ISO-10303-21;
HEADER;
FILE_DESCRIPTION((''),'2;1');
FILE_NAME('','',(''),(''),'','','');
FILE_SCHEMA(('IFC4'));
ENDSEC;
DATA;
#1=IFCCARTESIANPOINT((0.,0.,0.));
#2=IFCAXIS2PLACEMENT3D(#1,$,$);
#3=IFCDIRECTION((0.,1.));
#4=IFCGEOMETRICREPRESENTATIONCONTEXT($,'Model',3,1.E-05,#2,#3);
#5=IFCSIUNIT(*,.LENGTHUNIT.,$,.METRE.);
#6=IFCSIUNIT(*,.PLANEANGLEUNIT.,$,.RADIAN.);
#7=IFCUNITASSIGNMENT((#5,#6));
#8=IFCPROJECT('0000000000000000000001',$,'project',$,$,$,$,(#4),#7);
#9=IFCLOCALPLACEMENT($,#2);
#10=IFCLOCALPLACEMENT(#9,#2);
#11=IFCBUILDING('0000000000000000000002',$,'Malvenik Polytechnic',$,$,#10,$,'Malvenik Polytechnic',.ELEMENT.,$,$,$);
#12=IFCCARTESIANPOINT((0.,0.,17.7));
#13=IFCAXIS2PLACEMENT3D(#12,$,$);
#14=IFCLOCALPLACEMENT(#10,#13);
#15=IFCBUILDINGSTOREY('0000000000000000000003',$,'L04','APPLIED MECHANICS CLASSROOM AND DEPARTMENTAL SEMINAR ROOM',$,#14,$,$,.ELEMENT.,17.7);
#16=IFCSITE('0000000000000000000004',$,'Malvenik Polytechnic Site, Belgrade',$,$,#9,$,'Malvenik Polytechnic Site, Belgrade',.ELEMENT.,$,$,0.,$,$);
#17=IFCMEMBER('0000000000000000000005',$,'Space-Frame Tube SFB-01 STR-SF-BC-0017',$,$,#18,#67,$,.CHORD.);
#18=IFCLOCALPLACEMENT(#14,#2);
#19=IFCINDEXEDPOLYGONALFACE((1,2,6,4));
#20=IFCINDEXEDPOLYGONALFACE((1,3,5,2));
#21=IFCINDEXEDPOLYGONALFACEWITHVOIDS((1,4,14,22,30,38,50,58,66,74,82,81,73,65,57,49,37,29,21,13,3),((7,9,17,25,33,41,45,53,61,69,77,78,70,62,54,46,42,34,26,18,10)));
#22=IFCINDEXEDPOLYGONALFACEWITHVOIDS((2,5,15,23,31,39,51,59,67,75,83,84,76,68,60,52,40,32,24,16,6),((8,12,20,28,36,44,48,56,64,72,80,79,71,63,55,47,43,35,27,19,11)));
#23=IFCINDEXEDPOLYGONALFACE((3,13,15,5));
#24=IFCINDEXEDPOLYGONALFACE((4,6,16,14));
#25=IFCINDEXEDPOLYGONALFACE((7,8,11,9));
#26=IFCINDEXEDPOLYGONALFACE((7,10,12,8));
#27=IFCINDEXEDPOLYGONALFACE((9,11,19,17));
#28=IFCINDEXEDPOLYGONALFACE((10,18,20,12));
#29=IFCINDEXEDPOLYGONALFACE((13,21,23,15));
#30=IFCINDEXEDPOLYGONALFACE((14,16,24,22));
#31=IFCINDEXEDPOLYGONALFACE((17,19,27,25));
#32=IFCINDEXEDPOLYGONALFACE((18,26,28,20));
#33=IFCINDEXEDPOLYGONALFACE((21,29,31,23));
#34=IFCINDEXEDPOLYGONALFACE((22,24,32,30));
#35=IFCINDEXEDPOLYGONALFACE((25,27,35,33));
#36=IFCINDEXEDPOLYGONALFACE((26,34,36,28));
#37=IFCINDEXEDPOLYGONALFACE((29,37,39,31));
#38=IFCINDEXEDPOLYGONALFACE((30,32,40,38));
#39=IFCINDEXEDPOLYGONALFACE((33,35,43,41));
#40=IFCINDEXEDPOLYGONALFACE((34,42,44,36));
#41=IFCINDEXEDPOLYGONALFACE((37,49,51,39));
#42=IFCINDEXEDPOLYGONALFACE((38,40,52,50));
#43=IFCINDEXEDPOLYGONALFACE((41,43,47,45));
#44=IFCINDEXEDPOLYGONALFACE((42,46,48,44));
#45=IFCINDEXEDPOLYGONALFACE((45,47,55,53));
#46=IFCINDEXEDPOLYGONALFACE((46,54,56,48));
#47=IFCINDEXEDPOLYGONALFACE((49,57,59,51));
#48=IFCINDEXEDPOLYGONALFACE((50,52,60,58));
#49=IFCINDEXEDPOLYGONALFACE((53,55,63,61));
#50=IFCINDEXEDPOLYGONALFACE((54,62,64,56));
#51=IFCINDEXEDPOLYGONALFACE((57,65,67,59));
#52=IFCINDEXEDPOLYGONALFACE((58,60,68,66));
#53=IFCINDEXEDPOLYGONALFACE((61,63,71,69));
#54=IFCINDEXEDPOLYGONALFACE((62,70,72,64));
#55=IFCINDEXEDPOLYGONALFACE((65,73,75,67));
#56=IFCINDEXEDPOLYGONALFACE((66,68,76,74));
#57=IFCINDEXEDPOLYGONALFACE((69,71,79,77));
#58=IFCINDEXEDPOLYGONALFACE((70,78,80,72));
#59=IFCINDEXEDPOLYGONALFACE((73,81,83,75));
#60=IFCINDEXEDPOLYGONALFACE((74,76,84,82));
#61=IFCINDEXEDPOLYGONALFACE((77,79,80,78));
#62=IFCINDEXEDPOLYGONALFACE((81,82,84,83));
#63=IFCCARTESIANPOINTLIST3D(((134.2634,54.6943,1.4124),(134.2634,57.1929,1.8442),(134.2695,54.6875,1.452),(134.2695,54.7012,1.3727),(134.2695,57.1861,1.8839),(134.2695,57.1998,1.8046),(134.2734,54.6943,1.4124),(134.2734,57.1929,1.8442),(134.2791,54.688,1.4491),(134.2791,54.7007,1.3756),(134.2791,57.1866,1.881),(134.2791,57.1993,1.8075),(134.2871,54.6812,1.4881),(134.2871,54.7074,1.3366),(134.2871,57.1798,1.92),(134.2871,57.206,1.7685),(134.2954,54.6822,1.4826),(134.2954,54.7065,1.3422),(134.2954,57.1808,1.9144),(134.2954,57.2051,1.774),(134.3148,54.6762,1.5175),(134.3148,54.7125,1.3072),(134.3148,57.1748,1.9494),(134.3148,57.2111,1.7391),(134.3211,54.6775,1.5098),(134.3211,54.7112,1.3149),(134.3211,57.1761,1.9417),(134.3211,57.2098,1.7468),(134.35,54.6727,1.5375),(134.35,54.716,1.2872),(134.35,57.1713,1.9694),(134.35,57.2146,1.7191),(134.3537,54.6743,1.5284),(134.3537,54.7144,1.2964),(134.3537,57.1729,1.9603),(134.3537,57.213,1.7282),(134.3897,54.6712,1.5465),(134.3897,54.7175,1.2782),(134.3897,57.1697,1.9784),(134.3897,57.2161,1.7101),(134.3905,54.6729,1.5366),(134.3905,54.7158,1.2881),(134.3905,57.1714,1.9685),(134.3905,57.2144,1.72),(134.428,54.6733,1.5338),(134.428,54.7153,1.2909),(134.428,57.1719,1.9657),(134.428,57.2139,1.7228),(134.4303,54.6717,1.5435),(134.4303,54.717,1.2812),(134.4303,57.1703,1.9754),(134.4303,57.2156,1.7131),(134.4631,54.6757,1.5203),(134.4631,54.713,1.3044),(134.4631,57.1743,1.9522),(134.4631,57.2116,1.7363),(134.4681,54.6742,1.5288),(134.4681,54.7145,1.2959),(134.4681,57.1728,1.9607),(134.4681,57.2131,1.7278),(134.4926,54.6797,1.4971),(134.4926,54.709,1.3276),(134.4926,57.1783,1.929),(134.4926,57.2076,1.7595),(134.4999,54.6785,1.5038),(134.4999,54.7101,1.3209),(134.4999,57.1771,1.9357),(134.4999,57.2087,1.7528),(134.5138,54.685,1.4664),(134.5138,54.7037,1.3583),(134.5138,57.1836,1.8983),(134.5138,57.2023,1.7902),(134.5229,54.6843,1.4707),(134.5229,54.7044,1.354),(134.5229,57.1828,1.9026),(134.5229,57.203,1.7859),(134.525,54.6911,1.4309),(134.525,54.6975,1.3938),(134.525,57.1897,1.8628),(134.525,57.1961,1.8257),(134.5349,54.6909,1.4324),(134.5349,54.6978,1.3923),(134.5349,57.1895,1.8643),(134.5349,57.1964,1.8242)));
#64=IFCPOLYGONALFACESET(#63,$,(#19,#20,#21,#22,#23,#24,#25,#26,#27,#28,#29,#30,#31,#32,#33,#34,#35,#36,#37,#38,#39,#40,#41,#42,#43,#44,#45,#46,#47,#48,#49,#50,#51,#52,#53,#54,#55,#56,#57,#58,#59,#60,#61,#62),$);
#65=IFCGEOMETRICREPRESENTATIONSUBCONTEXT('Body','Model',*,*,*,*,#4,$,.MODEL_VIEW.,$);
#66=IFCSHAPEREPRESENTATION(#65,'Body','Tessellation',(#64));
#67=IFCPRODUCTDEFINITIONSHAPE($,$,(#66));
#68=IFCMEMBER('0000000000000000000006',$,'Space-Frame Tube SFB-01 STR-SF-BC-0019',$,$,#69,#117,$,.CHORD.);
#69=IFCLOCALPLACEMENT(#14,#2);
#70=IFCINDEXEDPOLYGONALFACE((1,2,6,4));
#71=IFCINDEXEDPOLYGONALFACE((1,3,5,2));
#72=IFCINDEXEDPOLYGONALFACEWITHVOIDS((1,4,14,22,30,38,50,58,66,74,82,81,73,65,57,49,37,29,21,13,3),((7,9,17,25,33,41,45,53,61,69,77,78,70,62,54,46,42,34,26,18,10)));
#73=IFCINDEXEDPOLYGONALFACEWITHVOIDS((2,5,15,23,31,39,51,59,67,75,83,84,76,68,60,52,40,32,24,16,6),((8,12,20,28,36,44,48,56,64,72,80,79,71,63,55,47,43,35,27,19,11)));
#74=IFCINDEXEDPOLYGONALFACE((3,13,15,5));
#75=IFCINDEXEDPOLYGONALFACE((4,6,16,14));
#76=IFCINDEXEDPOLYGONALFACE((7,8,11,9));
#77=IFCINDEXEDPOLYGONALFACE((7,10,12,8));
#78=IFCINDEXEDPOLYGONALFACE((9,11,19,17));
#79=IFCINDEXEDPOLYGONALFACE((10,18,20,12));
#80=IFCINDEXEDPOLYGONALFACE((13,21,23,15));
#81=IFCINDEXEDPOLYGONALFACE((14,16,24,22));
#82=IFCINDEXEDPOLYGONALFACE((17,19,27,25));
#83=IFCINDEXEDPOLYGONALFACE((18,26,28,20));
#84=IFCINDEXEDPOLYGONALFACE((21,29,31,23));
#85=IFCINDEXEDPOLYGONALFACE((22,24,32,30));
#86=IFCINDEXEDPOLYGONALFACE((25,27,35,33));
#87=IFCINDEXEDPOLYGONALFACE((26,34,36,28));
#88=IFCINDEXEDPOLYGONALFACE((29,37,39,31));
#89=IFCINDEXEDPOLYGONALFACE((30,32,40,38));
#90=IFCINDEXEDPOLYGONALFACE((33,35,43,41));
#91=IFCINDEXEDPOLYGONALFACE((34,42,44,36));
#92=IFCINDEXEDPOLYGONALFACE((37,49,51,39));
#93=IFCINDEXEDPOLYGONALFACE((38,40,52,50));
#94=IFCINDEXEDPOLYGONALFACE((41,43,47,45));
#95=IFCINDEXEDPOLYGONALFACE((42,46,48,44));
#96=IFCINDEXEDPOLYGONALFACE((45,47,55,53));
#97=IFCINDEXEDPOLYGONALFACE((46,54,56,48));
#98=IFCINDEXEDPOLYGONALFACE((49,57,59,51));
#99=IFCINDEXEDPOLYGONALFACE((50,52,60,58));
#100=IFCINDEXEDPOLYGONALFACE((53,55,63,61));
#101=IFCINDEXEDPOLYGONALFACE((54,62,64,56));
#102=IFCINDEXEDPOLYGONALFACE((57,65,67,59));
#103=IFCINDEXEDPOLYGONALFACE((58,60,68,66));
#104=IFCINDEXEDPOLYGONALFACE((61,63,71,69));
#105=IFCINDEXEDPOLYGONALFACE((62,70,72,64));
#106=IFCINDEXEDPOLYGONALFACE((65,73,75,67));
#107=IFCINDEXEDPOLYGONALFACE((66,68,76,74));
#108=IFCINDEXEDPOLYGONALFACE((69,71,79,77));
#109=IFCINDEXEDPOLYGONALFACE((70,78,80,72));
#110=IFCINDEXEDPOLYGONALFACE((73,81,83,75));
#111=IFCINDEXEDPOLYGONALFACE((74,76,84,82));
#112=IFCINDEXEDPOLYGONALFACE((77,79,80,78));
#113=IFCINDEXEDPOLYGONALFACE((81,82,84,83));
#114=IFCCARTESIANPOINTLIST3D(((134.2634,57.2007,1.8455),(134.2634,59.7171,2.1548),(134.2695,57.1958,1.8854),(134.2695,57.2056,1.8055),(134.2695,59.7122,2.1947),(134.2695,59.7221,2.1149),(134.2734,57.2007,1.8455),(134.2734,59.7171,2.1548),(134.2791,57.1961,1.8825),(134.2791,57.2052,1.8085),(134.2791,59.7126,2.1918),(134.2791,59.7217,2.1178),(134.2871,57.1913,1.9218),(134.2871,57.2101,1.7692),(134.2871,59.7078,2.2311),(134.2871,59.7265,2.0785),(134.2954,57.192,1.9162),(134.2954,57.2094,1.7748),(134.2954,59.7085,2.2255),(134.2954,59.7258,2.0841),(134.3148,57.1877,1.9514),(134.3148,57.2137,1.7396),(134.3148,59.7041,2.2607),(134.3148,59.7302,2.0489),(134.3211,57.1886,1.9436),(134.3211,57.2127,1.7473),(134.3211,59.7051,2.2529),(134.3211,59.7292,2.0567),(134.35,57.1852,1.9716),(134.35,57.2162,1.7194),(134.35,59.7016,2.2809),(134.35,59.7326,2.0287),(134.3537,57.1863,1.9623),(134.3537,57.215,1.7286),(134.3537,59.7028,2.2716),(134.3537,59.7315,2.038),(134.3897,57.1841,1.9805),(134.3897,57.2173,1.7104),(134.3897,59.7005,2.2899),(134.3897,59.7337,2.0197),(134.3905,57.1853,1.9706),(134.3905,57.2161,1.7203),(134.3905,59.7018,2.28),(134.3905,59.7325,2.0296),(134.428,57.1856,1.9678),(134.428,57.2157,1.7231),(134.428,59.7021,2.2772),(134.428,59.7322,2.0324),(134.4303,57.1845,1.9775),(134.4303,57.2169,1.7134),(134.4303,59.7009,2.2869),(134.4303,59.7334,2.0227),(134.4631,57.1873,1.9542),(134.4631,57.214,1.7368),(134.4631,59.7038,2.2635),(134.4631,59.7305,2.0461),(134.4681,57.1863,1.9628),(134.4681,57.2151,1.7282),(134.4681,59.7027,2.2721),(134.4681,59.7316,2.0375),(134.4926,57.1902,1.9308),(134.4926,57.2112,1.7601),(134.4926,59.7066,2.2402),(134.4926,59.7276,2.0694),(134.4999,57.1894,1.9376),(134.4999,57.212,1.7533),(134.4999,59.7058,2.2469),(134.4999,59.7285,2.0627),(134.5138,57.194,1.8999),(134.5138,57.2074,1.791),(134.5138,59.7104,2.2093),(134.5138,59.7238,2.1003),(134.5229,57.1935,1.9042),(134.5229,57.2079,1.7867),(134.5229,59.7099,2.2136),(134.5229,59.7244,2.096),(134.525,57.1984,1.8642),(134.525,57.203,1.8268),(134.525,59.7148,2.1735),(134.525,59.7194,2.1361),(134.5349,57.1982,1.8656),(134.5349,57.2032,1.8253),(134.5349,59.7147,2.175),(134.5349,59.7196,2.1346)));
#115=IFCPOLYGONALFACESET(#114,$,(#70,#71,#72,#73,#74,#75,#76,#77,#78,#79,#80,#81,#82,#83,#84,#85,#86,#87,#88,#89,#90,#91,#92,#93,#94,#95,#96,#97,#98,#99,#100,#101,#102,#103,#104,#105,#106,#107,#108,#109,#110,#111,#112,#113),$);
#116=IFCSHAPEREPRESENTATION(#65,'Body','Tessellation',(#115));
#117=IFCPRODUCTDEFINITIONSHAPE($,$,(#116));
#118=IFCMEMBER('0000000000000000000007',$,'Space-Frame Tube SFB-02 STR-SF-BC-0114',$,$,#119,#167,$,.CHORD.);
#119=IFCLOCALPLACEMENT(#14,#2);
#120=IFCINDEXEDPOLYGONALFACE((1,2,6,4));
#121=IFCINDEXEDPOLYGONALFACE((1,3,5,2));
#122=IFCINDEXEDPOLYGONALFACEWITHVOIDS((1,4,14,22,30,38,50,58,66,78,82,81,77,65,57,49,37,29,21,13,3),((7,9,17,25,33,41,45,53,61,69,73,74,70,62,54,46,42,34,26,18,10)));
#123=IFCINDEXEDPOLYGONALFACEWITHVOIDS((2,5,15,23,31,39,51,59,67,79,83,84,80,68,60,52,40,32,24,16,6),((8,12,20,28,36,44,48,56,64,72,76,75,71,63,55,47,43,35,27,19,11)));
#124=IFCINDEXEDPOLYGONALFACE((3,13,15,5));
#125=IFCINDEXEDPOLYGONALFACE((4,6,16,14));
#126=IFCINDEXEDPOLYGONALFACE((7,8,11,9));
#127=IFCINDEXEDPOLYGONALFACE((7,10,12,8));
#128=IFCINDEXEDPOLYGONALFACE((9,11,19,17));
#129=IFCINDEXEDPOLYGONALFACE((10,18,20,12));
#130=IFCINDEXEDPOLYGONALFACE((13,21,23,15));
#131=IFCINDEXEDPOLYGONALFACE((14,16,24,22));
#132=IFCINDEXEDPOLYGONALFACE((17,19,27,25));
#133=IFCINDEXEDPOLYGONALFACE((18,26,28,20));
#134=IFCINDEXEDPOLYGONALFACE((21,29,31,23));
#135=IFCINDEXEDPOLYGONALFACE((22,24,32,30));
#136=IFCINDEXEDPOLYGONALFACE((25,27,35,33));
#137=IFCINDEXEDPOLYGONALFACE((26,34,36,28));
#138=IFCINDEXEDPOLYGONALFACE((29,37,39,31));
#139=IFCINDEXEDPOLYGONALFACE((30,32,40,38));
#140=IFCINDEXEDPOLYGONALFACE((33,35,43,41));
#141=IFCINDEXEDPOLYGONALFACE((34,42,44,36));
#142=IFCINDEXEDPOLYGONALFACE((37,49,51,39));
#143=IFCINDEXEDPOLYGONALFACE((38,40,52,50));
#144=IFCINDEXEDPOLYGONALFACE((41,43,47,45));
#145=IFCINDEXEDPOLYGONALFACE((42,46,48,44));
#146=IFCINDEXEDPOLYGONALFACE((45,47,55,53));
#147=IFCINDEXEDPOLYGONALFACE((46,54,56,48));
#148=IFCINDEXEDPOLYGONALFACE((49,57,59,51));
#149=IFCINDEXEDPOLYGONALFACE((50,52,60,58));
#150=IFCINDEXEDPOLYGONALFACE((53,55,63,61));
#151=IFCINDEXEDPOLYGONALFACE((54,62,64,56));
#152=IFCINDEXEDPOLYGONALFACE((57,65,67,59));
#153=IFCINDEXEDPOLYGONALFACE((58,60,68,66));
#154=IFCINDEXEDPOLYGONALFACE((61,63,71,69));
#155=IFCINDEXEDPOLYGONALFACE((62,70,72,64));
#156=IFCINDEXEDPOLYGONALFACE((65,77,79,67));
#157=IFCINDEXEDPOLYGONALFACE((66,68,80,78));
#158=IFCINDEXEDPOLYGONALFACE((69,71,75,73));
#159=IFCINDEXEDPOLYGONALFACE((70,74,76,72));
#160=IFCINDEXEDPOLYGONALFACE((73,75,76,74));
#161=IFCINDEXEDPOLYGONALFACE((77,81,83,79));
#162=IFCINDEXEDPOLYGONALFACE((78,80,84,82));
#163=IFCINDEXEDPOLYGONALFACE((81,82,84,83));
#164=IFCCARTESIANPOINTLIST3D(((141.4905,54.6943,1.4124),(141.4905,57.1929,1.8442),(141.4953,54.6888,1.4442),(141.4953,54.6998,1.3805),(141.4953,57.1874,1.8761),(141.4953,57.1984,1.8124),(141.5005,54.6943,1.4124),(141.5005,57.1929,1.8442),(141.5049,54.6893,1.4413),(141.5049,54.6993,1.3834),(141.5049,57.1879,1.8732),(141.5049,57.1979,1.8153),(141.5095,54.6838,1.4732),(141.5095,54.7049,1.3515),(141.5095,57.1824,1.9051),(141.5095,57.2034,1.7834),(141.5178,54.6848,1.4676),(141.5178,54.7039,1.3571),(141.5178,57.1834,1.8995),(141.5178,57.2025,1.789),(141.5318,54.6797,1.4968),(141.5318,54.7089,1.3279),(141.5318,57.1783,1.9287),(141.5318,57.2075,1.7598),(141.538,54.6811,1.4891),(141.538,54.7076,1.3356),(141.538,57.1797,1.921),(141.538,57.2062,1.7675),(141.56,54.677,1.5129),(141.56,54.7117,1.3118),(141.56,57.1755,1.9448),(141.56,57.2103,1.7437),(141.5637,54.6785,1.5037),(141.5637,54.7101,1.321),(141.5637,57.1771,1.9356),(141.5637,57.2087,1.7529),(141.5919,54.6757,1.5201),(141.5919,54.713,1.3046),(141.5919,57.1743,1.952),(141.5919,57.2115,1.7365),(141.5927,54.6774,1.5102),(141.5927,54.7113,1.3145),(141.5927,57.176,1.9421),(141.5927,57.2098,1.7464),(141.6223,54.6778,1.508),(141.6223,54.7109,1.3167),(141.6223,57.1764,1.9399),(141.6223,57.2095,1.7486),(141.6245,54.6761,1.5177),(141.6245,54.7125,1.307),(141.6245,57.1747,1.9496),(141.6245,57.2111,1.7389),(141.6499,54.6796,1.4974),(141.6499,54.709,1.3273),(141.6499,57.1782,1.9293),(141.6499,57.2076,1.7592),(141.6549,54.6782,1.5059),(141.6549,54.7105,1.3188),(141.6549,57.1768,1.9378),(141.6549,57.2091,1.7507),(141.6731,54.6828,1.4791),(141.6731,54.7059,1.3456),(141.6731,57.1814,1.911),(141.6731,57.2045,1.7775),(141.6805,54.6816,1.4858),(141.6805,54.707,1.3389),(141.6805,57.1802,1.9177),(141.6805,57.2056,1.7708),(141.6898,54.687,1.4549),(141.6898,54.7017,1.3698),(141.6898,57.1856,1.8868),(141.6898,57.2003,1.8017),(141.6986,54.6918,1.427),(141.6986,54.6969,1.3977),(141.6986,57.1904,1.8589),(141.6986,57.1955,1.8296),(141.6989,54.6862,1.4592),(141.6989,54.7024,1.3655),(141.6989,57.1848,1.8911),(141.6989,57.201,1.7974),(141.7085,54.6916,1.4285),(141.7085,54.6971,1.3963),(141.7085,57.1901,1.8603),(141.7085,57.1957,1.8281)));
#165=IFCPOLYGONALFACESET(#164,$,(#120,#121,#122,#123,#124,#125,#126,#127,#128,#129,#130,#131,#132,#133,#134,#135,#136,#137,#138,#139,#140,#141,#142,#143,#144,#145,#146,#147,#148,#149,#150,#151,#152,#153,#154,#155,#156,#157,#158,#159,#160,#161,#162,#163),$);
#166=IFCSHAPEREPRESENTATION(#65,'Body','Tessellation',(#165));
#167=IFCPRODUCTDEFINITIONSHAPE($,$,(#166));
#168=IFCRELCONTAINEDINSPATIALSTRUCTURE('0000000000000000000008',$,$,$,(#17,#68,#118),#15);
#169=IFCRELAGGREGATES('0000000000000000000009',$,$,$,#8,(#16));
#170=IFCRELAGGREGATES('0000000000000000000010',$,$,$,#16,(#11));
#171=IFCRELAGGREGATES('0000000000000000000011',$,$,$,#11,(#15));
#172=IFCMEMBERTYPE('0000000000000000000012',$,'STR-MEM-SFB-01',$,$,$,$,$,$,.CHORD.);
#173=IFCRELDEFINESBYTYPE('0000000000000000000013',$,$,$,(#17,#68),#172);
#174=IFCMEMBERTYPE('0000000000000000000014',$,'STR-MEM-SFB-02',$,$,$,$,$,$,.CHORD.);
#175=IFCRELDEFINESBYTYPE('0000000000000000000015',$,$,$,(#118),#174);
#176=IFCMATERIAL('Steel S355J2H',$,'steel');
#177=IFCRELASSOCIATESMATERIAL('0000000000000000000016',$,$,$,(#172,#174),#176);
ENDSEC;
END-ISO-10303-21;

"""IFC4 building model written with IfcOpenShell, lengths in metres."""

from ifc_helpers import new_model, si_unit, direction, frame, origin, origin_2d, place, context, subcontext, project, spatial, hollow_circle, extrude, material, material_profile, profile_set, type_object, element, save


model = new_model("IFC4")

# Units and contexts
model_context = context("Model", 3, precision=1e-05, world=origin(), true_north=direction((0.0, 1.0)))
body_context = subcontext(model_context, "Body", "Model", "MODEL_VIEW")
ifc_project = project(units=[si_unit("LENGTHUNIT", "METRE"), si_unit("PLANEANGLEUNIT", "RADIAN")], contexts=[model_context])

# Site, building, storey
site_placement = place(None, origin())
site = spatial("IfcSite", under=ifc_project, at=site_placement, Name="Malvenik Polytechnic Site, Belgrade", LongName="Malvenik Polytechnic Site, Belgrade", CompositionType="ELEMENT", RefElevation=0.0)
building_placement = place(site_placement, origin())
building = spatial("IfcBuilding", under=site, at=building_placement, Name="Malvenik Polytechnic", LongName="Malvenik Polytechnic", CompositionType="ELEMENT")
storey_placement = place(building_placement, frame((0.0, 0.0, 17.7)))
storey = spatial("IfcBuildingStorey", under=building, at=storey_placement, Name="L04", Description="APPLIED MECHANICS CLASSROOM AND DEPARTMENTAL SEMINAR ROOM", CompositionType="ELEMENT", Elevation=17.7)

# Members
ifc_material_1 = material(Name="Steel S355J2H", Category="steel")
ifc_material_profile_1 = material_profile(ifc_material_1, hollow_circle(Radius=0.1365, WallThickness=0.01, at=origin_2d()), Name="CHS 273.0x10.0")
ifc_profile_set_1 = profile_set([ifc_material_profile_1], Name="Steel S355J2H")
member_type_1 = type_object("IfcMemberType", Name="STR-MEM-SFB-01", PredefinedType="CHORD", material=ifc_profile_set_1)
member_1_placement = place(storey_placement, frame((134.3999, 54.6943, 1.4124), z_axis=(0.0, 0.985387, 0.170329), x_axis=(-1.0, 0.0, 0.0)))
element("IfcMember", 1, at=member_1_placement, inside=storey, type_object=member_type_1, Name="Space-Frame Tube SFB-01 STR-SF-BC-0017", PredefinedType="CHORD", context=body_context, shape_type="SweptSolid", body=[
    extrude(hollow_circle(Radius=0.1365, WallThickness=0.01, at=origin_2d()), origin(), (0.0, 0.0, 1.0), 2.5356),
])
member_2_placement = place(storey_placement, frame((134.3999, 57.2007, 1.8455), z_axis=(0.0, 0.992529, 0.122008), x_axis=(-1.0, 0.0, 0.0)))
element("IfcMember", 2, at=member_2_placement, inside=storey, type_object=member_type_1, Name="Space-Frame Tube SFB-01 STR-SF-BC-0019", PredefinedType="CHORD", context=body_context, shape_type="SweptSolid", body=[
    extrude(hollow_circle(Radius=0.1365, WallThickness=0.01, at=origin_2d()), origin(), (0.0, 0.0, 1.0), 2.5354),
])
ifc_material_profile_2 = material_profile(ifc_material_1, hollow_circle(Radius=0.1096, WallThickness=0.01, at=origin_2d()), Name="CHS 219.1x10.0")
ifc_profile_set_2 = profile_set([ifc_material_profile_2], Name="Steel S355J2H")
member_type_2 = type_object("IfcMemberType", Name="STR-MEM-SFB-02", PredefinedType="CHORD", material=ifc_profile_set_2)
member_3_placement = place(storey_placement, frame((141.6001, 54.6943, 1.4124), z_axis=(0.0, 0.985387, 0.170329), x_axis=(-1.0, 0.0, 0.0)))
element("IfcMember", 3, at=member_3_placement, inside=storey, type_object=member_type_2, Name="Space-Frame Tube SFB-02 STR-SF-BC-0114", PredefinedType="CHORD", context=body_context, shape_type="SweptSolid", body=[
    extrude(hollow_circle(Radius=0.1096, WallThickness=0.01, at=origin_2d()), origin(), (0.0, 0.0, 1.0), 2.5356),
])

save(model, "model.ifc")
